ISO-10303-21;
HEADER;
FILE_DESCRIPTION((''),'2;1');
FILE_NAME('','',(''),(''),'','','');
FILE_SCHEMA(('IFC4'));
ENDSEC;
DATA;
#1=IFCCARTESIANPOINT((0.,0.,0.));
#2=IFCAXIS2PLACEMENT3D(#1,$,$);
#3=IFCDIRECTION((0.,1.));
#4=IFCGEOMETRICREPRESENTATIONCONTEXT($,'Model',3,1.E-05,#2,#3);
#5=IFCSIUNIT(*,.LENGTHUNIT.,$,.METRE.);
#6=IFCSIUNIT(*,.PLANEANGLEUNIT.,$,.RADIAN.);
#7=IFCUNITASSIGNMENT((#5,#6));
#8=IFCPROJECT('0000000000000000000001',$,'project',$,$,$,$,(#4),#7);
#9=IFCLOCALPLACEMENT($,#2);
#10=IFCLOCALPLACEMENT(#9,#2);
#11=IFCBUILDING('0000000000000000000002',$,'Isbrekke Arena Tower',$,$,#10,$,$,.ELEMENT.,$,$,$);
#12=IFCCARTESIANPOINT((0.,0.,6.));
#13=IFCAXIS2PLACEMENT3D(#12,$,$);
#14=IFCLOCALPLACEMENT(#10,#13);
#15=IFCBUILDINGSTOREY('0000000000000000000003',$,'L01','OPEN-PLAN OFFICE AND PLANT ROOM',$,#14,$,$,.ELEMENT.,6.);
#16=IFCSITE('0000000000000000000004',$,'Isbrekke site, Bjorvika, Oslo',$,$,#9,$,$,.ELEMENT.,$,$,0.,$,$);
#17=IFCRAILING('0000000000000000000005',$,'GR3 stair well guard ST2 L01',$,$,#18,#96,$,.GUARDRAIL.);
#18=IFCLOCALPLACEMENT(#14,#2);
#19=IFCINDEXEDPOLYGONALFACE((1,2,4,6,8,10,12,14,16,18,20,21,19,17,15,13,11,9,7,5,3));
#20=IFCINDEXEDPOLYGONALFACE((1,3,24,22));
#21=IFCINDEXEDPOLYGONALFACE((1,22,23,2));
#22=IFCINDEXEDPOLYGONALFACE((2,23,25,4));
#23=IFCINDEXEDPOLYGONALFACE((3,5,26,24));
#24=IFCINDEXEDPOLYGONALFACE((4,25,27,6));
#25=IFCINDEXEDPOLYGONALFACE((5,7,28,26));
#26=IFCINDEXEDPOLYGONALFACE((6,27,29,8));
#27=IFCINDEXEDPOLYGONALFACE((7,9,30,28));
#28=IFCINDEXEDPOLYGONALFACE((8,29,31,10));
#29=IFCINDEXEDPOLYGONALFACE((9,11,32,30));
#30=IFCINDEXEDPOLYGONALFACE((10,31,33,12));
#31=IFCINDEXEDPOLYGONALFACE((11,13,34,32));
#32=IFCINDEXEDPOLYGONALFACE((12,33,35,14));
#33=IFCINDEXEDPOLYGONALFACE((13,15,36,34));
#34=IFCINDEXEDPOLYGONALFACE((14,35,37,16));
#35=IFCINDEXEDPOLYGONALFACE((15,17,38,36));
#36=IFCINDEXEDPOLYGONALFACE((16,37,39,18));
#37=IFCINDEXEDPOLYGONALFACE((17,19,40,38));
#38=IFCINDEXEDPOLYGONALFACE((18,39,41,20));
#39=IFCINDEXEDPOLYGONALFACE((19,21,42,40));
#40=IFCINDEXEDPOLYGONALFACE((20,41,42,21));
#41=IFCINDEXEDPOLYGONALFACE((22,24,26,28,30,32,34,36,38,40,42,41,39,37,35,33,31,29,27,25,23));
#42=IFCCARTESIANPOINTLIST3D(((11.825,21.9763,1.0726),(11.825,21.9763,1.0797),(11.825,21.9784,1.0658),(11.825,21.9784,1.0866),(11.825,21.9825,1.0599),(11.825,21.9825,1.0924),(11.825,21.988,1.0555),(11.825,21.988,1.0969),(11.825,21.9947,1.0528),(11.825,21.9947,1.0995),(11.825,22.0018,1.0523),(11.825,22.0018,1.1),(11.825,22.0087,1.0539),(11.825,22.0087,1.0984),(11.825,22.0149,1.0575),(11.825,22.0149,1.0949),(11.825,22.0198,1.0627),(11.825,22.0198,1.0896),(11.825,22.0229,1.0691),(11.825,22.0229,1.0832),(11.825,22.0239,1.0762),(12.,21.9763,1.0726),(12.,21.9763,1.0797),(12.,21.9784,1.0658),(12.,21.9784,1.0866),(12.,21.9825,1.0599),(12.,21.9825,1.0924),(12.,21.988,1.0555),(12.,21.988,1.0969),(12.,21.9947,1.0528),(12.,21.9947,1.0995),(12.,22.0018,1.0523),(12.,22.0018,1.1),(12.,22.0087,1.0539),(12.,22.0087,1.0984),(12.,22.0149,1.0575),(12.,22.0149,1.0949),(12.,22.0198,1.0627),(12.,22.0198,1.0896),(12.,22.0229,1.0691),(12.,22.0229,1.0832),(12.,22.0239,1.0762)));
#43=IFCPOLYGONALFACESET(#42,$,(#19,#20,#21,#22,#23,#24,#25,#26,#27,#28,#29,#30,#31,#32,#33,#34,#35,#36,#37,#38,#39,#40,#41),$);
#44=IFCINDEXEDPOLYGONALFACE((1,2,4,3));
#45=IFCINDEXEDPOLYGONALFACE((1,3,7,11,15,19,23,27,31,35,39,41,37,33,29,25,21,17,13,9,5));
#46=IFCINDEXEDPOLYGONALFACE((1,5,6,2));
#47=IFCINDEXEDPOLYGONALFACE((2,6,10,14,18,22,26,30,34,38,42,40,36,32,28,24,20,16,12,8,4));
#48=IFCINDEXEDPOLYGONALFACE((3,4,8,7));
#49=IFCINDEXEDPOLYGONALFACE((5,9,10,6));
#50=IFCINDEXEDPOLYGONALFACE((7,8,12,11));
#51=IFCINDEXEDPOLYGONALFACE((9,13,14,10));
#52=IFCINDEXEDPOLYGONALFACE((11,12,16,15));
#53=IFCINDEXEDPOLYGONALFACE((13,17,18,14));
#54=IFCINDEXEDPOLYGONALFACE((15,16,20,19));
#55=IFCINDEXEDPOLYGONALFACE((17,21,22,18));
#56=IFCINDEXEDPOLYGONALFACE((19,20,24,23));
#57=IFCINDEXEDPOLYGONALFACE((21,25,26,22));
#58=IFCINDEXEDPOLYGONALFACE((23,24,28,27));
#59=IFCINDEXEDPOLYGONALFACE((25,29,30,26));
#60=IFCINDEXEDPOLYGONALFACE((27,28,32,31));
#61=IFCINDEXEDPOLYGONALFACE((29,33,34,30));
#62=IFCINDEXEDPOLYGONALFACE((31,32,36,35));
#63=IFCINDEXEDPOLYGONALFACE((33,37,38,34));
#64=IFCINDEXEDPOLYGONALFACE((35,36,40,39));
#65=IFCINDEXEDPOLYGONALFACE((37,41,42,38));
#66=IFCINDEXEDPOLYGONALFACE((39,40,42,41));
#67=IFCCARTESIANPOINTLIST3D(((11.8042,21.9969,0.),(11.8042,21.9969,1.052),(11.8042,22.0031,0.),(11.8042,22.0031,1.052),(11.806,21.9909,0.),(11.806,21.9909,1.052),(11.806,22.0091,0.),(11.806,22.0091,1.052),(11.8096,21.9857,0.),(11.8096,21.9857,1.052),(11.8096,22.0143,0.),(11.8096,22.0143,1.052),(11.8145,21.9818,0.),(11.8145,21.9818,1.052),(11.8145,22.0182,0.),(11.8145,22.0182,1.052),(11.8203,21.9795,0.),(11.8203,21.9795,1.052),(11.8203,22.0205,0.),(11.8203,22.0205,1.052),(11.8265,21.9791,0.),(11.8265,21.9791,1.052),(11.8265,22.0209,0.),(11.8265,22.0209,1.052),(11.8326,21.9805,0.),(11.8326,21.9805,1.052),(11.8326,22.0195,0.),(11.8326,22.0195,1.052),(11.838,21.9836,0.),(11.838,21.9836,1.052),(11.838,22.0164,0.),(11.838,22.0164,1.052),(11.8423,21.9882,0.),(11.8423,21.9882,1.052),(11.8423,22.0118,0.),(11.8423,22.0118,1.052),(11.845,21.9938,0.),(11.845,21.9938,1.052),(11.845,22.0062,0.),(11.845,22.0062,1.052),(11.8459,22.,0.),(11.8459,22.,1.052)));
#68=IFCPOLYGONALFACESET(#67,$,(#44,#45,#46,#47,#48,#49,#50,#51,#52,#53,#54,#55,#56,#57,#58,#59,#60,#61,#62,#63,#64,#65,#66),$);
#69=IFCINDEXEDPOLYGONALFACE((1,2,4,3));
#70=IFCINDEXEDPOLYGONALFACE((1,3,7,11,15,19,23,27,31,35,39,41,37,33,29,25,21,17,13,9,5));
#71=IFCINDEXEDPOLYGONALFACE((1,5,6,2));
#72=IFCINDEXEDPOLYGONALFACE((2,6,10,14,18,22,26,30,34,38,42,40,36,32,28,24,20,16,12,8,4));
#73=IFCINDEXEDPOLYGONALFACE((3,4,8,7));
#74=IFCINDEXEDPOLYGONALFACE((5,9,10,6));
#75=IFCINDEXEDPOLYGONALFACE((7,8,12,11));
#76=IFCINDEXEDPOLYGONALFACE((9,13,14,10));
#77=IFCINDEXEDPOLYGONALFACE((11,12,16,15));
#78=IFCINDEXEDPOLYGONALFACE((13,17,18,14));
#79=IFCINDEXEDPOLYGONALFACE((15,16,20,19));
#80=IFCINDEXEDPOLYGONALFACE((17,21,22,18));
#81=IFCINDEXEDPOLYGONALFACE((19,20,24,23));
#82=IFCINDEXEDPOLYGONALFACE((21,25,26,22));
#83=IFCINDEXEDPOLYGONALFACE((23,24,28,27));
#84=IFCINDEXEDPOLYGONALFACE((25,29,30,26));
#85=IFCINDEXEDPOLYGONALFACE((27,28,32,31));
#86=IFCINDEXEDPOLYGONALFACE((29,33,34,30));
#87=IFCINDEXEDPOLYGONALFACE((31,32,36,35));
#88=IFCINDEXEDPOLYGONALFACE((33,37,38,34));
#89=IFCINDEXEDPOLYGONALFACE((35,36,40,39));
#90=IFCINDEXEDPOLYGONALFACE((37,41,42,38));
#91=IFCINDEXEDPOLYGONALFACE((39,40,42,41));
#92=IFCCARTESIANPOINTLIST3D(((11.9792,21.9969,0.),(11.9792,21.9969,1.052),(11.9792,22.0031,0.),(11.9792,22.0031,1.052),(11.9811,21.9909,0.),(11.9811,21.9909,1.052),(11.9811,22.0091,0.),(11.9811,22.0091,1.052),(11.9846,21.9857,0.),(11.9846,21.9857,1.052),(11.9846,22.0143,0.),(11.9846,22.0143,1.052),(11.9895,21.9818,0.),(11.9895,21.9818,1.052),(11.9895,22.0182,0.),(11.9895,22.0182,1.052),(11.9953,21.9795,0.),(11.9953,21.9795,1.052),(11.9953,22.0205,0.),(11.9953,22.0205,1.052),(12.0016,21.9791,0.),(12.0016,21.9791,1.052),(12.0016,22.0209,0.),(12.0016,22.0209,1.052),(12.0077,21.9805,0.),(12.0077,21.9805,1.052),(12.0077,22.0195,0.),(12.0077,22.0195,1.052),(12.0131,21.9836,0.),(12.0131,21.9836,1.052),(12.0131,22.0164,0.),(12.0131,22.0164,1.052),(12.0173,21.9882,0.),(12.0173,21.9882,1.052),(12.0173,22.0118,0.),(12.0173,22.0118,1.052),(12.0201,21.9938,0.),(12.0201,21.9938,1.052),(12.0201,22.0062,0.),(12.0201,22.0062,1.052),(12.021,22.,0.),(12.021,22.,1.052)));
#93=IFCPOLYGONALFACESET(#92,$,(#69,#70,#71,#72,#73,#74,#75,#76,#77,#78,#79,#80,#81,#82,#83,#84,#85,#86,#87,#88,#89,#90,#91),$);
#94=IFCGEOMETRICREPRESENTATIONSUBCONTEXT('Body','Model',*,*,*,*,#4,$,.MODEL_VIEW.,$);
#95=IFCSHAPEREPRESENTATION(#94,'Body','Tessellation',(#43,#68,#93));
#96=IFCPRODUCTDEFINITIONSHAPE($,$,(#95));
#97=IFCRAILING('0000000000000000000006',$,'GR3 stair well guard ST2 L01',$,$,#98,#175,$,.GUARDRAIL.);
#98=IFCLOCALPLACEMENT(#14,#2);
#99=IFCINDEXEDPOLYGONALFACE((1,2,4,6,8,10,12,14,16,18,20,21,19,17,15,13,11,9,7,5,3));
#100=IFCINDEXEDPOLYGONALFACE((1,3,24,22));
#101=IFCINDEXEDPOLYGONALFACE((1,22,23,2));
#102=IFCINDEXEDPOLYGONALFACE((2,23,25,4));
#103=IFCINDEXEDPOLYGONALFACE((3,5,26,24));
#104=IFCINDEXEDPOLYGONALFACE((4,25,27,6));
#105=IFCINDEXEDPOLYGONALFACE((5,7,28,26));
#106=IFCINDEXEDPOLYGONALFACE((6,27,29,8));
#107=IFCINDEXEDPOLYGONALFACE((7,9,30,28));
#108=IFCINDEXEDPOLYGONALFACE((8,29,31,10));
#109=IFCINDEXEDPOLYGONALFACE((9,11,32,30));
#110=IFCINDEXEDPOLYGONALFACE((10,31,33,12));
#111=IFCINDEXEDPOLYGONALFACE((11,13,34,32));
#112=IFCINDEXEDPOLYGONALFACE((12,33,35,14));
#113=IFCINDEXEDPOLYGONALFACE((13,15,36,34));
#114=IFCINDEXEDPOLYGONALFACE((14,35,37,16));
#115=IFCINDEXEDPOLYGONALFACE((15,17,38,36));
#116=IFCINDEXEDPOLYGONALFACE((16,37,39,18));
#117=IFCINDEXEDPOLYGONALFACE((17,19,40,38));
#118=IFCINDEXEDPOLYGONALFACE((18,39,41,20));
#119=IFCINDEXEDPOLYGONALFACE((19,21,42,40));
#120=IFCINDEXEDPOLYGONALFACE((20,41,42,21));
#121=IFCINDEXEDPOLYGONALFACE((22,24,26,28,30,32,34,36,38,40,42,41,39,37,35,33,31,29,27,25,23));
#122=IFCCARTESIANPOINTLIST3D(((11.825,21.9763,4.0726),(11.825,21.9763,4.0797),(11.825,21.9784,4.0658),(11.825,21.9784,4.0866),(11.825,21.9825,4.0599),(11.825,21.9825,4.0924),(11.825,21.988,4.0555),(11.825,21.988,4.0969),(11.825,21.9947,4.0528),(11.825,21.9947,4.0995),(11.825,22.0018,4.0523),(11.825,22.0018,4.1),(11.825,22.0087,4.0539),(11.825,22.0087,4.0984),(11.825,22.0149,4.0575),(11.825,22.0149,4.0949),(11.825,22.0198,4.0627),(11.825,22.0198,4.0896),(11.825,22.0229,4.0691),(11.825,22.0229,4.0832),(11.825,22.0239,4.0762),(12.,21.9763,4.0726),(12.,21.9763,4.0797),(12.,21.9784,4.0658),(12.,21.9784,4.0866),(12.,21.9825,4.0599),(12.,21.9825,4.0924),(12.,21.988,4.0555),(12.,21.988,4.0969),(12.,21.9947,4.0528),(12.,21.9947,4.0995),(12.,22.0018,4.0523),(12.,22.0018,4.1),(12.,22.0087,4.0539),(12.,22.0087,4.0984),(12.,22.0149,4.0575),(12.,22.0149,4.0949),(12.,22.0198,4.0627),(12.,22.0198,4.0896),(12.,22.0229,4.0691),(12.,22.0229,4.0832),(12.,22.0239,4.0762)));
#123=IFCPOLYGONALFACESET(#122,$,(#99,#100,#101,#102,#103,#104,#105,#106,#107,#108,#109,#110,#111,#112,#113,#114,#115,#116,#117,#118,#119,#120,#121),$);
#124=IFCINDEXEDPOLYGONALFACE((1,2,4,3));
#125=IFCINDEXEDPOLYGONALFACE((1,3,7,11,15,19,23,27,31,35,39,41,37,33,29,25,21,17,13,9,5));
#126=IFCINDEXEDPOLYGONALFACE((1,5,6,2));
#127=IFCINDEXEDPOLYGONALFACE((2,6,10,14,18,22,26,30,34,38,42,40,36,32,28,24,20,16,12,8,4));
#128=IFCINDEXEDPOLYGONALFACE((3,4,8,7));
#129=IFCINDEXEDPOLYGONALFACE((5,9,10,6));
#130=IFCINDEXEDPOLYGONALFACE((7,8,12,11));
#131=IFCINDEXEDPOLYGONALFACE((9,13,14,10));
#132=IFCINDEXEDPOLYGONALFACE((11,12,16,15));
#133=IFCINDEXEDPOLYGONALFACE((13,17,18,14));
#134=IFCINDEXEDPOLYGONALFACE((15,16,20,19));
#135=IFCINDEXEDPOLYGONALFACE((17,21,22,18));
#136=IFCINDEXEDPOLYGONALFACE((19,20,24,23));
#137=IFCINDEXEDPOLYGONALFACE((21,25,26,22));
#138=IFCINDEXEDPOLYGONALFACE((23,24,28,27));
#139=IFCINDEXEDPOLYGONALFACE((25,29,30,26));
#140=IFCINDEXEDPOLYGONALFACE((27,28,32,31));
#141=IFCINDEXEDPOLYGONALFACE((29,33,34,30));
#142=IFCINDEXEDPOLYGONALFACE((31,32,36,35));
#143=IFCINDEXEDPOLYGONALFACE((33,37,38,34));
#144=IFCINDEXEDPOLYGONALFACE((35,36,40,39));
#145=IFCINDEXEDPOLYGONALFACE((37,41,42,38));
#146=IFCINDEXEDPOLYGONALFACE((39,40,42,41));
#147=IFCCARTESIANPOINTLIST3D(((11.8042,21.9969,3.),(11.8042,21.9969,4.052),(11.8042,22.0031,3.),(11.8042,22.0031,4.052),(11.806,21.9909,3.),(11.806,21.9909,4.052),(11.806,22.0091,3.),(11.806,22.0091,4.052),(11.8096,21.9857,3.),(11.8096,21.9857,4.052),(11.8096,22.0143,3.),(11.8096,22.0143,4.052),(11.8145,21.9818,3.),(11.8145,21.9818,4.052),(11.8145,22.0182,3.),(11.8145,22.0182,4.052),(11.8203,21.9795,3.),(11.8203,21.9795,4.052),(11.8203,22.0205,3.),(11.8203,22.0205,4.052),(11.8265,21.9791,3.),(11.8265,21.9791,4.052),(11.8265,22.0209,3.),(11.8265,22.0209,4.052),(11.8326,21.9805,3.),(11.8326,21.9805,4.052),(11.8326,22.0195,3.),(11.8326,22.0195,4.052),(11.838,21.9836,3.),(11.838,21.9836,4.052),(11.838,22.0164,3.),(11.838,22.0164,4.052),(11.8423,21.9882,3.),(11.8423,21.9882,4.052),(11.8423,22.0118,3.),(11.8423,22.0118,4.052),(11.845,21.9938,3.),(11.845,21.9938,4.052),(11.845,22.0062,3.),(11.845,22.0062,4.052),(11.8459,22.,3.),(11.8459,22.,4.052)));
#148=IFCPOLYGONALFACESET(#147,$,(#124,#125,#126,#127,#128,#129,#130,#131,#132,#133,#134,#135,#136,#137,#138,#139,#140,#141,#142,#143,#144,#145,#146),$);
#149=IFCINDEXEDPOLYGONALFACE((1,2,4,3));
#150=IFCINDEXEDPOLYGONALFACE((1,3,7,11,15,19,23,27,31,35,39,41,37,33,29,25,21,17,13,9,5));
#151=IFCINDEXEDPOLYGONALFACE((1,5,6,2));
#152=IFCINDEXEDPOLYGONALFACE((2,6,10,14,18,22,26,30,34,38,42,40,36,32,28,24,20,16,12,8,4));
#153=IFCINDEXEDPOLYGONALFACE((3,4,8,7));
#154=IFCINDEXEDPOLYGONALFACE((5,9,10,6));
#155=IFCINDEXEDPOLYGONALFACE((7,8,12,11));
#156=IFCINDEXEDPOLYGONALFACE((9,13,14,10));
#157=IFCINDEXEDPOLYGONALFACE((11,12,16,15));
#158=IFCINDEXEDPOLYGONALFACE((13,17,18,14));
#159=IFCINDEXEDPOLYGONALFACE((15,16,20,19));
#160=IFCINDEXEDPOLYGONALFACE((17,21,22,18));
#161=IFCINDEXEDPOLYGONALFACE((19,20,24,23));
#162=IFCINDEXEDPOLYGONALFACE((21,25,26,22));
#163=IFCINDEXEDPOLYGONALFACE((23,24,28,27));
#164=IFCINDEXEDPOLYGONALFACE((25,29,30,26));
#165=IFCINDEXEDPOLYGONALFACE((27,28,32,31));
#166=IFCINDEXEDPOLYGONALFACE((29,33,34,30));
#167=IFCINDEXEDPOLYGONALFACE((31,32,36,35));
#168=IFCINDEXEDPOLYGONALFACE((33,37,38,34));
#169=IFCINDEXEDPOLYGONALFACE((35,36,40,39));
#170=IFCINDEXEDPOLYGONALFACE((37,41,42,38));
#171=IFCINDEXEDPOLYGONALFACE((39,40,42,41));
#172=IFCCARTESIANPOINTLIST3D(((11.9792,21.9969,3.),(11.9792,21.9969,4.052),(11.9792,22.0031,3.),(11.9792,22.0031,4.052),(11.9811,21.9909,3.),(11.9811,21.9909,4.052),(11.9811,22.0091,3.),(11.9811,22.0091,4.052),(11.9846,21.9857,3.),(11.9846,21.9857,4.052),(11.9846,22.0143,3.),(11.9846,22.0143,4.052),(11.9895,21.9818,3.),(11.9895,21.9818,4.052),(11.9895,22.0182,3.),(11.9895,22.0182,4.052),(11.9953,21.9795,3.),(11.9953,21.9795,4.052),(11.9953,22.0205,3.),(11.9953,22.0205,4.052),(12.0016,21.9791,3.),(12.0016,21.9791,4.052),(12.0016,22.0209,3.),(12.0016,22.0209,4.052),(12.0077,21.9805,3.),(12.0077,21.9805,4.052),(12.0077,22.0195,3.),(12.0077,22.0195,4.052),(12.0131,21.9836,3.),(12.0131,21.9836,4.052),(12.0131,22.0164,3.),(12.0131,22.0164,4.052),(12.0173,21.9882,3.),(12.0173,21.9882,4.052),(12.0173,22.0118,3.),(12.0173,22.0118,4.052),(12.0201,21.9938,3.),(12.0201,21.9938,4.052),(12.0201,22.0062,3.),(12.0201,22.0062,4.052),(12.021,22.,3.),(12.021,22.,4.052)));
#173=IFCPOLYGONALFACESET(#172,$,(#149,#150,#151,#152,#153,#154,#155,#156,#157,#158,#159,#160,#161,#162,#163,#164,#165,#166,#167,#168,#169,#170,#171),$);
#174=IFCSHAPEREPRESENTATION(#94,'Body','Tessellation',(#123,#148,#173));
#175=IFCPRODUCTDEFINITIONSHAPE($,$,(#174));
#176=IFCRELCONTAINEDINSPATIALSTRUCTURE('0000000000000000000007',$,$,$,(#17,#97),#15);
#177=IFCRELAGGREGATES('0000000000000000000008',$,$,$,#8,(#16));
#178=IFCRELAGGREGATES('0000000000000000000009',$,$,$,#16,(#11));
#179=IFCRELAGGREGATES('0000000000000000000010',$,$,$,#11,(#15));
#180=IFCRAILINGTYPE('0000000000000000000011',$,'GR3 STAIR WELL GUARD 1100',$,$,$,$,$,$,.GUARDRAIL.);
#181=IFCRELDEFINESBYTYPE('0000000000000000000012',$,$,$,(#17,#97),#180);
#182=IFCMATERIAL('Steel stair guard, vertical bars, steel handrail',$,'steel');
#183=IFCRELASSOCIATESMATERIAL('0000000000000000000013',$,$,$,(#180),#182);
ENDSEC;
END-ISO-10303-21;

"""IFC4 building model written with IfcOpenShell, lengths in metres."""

from ifc_helpers import new_model, si_unit, direction, frame, origin, origin_2d, place, context, subcontext, project, spatial, circle, extrude, material, type_object, element, save


model = new_model("IFC4")

# Units and contexts
model_context = context("Model", 3, precision=1e-05, world=origin(), true_north=direction((0.0, 1.0)))
body_context = subcontext(model_context, "Body", "Model", "MODEL_VIEW")
ifc_project = project(units=[si_unit("LENGTHUNIT", "METRE"), si_unit("PLANEANGLEUNIT", "RADIAN")], contexts=[model_context])

# Site, building, storey
site_placement = place(None, origin())
site = spatial("IfcSite", under=ifc_project, at=site_placement, Name="Isbrekke site, Bjorvika, Oslo", CompositionType="ELEMENT", RefElevation=0.0)
building_placement = place(site_placement, origin())
building = spatial("IfcBuilding", under=site, at=building_placement, Name="Isbrekke Arena Tower", CompositionType="ELEMENT")
storey_placement = place(building_placement, frame((0.0, 0.0, 6.0)))
storey = spatial("IfcBuildingStorey", under=building, at=storey_placement, Name="L01", Description="OPEN-PLAN OFFICE AND PLANT ROOM", CompositionType="ELEMENT", Elevation=6.0)

# Railings
ifc_material_1 = material(Name="Steel stair guard, vertical bars, steel handrail", Category="steel")
railing_type = type_object("IfcRailingType", Name="GR3 STAIR WELL GUARD 1100", PredefinedType="GUARDRAIL", material=ifc_material_1)
for number, where, name in (
    (1, (11.825, 22.0, 0.0), "GR3 stair well guard ST2 L01"),
    (2, (11.825, 22.0, 3.0), "GR3 stair well guard ST2 L01"),
):
    element("IfcRailing", number, at=place(storey_placement, frame(where)), inside=storey, type_object=railing_type, Name=name, PredefinedType="GUARDRAIL", context=body_context, shape_type="SweptSolid", body=[
        extrude(circle(Radius=0.0239, at=origin_2d()), frame((0.0, 0.0, 1.0762), z_axis=(1.0, 0.0, 0.0), x_axis=(0.0, 1.0, 0.0)), (0.0, 0.0, 1.0), 0.175),
        extrude(circle(Radius=0.021, at=origin_2d()), origin(), (0.0, 0.0, 1.0), 1.052),
        extrude(circle(Radius=0.021, at=origin_2d()), frame((0.175, 0.0, 0.0)), (0.0, 0.0, 1.0), 1.052),
    ])

save(model, "model.ifc")
